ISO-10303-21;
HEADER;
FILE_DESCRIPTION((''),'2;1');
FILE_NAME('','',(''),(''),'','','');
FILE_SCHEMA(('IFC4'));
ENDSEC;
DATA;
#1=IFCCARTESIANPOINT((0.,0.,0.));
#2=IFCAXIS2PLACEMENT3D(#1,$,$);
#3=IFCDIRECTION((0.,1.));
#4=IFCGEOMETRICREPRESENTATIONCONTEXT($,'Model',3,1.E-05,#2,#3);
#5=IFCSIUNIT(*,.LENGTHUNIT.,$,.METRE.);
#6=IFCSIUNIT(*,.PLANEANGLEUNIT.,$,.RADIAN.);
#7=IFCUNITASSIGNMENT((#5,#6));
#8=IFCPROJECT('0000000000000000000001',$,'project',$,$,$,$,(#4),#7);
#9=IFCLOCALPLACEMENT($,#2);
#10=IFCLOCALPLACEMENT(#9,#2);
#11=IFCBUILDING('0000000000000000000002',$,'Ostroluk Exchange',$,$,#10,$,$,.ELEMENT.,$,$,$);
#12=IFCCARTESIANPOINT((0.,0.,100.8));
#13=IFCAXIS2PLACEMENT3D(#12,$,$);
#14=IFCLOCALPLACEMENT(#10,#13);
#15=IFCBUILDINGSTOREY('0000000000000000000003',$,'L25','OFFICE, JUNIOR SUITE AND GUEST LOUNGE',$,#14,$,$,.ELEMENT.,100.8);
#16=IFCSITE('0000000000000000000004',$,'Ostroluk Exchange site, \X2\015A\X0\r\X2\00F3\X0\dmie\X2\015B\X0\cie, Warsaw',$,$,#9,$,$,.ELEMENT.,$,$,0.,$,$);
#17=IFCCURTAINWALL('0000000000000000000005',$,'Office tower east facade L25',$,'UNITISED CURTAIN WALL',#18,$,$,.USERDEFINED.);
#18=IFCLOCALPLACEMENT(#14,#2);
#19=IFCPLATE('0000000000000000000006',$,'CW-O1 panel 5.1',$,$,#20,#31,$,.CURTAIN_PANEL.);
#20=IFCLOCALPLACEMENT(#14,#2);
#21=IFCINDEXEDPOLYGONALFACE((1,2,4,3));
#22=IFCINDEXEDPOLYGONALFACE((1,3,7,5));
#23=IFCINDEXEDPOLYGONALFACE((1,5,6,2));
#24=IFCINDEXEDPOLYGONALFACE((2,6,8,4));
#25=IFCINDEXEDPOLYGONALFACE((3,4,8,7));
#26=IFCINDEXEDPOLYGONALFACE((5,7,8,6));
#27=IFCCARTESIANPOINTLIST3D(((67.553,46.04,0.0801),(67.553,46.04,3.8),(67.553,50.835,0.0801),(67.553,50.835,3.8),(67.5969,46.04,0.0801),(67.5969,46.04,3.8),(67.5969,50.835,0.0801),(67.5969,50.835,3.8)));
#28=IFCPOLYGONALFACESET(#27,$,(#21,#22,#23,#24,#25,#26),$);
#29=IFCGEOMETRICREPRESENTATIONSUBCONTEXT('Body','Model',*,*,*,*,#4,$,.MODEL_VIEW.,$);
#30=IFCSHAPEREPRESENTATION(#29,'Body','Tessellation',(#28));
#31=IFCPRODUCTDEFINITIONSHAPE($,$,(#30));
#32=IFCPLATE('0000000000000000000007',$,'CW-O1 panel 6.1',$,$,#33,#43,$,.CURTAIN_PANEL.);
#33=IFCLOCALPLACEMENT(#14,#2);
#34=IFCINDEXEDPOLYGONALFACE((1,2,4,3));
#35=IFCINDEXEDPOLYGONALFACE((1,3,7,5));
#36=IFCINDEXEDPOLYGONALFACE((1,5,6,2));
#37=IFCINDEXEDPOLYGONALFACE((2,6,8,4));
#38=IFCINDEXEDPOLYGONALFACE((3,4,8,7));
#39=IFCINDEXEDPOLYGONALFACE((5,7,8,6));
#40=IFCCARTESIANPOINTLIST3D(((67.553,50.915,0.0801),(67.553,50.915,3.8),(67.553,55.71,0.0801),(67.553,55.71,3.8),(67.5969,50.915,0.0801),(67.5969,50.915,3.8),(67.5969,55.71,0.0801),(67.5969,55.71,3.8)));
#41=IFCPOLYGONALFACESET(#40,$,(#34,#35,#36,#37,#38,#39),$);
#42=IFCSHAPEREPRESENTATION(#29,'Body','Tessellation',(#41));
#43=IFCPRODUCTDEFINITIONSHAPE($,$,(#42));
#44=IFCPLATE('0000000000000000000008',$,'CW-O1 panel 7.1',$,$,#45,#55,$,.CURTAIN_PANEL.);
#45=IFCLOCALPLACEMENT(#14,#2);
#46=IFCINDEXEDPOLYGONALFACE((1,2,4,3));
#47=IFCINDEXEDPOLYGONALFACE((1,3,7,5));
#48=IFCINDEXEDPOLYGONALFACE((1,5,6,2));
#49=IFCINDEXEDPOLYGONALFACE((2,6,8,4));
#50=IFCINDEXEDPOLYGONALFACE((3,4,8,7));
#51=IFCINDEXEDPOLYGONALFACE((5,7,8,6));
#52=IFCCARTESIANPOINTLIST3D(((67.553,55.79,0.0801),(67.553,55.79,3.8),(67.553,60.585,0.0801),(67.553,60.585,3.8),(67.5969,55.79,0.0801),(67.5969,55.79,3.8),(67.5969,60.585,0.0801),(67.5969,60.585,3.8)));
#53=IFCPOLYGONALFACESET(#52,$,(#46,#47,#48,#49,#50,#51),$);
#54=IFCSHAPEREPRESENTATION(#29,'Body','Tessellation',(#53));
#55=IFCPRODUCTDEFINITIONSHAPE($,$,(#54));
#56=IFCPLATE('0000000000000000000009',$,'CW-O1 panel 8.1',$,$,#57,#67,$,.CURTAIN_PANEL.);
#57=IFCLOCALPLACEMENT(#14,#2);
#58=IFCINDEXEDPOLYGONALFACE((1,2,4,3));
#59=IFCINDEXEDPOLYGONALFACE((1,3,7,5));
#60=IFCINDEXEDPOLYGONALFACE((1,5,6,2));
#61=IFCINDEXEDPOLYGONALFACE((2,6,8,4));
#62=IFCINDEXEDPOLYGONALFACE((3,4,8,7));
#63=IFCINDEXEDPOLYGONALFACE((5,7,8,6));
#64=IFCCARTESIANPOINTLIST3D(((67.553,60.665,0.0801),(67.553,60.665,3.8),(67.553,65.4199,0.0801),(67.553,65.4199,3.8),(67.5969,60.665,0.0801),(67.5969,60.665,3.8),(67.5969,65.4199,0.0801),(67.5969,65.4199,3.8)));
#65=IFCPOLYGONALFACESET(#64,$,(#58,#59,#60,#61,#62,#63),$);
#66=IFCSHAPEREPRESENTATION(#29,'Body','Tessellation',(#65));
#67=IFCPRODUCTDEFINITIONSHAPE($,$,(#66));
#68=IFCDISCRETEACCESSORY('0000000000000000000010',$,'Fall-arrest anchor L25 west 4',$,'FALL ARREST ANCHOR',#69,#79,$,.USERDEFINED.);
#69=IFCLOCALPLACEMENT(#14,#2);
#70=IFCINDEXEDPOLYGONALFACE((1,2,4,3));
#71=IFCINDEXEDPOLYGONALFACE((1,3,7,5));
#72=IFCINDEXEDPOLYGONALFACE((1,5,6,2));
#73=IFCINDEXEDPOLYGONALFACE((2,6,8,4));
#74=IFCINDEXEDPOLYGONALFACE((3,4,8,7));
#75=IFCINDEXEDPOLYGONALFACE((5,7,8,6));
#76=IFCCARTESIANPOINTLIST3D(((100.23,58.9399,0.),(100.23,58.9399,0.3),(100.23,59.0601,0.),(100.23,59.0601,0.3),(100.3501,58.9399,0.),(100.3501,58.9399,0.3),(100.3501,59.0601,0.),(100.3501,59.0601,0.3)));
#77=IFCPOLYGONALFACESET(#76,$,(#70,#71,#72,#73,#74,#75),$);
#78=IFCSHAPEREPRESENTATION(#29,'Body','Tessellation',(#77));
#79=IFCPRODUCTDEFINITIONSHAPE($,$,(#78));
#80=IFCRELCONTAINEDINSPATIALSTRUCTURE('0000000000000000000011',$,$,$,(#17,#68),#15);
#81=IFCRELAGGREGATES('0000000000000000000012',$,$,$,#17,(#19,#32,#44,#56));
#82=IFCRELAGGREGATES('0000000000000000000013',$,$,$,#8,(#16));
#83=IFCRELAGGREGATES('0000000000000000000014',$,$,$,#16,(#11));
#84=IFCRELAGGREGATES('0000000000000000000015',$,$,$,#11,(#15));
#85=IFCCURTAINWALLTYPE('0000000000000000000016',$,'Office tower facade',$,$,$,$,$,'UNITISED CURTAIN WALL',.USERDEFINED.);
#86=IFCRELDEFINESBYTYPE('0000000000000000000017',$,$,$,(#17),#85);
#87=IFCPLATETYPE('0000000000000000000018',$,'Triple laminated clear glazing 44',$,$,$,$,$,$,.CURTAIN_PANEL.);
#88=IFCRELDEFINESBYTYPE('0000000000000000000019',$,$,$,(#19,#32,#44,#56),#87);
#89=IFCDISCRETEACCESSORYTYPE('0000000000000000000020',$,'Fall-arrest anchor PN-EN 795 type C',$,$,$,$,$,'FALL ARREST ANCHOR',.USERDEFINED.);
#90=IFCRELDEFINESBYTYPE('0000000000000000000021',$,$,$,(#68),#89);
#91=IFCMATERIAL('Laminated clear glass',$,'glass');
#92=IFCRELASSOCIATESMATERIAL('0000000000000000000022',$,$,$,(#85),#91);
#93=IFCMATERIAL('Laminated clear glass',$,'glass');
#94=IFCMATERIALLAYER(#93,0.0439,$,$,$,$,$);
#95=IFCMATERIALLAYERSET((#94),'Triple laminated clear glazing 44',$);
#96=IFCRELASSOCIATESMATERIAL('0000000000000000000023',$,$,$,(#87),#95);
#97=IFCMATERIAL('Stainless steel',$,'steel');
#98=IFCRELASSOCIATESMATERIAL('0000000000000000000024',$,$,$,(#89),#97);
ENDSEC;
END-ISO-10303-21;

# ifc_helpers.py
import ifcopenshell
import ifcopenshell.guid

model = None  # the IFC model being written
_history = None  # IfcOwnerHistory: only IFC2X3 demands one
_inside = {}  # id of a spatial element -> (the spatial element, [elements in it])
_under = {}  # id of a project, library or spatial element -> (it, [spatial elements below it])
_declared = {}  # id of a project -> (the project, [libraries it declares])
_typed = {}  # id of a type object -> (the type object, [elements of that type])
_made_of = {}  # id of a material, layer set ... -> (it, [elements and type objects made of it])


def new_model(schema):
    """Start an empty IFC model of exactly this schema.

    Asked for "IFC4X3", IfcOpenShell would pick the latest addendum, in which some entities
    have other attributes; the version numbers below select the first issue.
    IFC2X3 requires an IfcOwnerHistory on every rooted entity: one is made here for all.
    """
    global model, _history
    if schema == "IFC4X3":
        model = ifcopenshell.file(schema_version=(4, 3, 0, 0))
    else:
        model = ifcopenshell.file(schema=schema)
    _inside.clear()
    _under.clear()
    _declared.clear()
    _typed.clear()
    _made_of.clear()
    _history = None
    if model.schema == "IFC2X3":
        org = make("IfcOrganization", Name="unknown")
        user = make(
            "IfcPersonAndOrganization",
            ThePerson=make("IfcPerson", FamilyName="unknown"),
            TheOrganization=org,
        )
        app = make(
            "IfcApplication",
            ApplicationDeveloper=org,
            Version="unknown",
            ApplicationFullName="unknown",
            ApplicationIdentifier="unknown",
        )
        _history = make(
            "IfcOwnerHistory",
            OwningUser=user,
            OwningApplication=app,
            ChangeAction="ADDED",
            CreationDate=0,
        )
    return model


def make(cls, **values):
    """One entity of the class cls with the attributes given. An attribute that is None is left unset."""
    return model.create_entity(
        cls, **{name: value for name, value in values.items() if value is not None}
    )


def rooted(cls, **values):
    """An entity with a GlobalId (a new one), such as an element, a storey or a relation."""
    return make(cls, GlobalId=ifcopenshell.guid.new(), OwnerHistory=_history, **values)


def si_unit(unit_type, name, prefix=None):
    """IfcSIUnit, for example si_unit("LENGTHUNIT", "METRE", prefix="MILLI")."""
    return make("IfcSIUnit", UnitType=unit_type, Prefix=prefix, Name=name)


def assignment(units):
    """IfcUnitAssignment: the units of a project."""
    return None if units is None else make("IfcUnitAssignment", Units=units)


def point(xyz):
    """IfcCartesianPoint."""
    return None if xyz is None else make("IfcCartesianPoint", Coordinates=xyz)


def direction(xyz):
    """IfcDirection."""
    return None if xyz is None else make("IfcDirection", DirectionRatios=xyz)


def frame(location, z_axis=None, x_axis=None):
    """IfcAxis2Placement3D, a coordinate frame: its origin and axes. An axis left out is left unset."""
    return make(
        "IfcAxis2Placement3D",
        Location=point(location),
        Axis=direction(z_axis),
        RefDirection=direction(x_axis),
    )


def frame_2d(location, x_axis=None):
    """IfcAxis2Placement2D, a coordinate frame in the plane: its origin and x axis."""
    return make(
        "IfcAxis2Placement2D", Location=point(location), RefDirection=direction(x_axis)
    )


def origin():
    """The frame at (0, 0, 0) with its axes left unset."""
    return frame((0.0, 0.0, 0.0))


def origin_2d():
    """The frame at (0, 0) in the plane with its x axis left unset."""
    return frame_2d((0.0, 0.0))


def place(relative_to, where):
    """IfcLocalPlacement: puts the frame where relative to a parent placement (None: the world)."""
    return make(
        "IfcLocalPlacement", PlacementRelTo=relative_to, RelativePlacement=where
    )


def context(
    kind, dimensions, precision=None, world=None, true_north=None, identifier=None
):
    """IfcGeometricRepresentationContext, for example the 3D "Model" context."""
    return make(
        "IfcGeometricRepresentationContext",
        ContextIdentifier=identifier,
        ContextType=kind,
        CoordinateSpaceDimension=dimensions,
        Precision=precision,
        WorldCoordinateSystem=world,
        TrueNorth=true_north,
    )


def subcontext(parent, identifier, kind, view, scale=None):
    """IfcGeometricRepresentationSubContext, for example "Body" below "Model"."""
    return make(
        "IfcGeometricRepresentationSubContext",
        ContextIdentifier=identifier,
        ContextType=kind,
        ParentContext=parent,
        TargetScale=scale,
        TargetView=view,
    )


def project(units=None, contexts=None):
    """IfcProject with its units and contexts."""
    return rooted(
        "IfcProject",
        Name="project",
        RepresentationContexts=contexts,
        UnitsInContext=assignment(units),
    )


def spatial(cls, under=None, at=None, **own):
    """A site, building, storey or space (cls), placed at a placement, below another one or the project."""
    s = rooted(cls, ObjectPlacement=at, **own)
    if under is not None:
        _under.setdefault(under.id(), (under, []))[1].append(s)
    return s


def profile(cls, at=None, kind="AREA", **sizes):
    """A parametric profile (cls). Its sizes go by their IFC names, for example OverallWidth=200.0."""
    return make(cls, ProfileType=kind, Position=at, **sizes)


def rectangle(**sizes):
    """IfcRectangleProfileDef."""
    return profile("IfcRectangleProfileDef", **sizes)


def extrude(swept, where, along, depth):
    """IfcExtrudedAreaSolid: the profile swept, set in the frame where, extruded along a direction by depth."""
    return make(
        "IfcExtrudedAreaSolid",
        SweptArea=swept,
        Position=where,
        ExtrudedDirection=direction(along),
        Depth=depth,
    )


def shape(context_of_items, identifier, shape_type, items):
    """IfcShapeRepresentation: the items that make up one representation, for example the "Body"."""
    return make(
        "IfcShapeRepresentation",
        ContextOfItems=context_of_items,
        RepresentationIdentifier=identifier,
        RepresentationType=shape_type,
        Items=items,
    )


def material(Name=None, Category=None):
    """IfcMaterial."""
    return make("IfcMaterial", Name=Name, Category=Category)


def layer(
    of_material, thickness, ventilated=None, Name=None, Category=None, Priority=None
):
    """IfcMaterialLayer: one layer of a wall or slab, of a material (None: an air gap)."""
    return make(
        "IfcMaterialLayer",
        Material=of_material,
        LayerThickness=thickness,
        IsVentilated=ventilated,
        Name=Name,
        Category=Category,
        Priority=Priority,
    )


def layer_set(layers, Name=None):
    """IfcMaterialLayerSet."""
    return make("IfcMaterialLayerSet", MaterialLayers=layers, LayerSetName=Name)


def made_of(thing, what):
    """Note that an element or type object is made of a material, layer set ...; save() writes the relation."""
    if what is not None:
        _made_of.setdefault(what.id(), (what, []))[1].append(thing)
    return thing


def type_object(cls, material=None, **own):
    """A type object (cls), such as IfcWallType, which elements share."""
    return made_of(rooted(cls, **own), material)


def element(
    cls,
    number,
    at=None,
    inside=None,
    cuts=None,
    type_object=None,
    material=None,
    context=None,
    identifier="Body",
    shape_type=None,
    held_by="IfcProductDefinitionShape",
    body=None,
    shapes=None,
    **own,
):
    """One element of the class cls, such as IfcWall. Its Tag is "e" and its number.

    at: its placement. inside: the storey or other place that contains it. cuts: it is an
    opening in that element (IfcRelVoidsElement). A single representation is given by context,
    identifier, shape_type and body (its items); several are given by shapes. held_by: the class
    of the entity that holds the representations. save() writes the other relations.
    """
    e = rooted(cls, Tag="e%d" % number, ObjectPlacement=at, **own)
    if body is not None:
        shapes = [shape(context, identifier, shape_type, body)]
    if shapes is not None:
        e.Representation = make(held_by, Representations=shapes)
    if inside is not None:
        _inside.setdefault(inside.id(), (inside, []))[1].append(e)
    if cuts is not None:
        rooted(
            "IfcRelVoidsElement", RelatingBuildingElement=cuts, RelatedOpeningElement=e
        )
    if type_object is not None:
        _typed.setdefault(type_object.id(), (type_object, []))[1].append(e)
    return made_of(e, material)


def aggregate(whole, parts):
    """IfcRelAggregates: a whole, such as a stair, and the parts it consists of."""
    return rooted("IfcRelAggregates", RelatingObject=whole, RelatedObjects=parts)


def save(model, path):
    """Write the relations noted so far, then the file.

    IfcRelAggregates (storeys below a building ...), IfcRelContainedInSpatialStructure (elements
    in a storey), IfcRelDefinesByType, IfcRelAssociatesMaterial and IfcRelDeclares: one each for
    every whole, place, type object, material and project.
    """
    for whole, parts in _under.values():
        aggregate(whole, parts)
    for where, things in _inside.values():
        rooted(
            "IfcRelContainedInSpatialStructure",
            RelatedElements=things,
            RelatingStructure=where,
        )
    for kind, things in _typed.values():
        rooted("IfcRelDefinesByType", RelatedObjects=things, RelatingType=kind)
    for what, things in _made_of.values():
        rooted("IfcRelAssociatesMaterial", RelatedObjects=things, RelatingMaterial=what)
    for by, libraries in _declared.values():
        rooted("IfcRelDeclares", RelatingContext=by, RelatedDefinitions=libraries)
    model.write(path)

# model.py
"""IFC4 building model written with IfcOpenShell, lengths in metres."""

from ifc_helpers import new_model, si_unit, direction, frame, origin, origin_2d, place, context, subcontext, project, spatial, rectangle, extrude, material, layer, layer_set, type_object, element, aggregate, save


model = new_model("IFC4")

# Units and contexts
model_context = context("Model", 3, precision=1e-05, world=origin(), true_north=direction((0.0, 1.0)))
body_context = subcontext(model_context, "Body", "Model", "MODEL_VIEW")
ifc_project = project(units=[si_unit("LENGTHUNIT", "METRE"), si_unit("PLANEANGLEUNIT", "RADIAN")], contexts=[model_context])

# Site, building, storey
site_placement = place(None, origin())
site = spatial("IfcSite", under=ifc_project, at=site_placement, Name="Ostroluk Exchange site, Śródmieście, Warsaw", CompositionType="ELEMENT", RefElevation=0.0)
building_placement = place(site_placement, origin())
building = spatial("IfcBuilding", under=site, at=building_placement, Name="Ostroluk Exchange", CompositionType="ELEMENT")
storey_placement = place(building_placement, frame((0.0, 0.0, 100.8)))
storey = spatial("IfcBuildingStorey", under=building, at=storey_placement, Name="L25", Description="OFFICE, JUNIOR SUITE AND GUEST LOUNGE", CompositionType="ELEMENT", Elevation=100.8)

# Curtain wall
ifc_material_1 = material(Name="Laminated clear glass", Category="glass")
curtain_wall_type_1 = type_object("IfcCurtainWallType", Name="Office tower facade", ElementType="UNITISED CURTAIN WALL", PredefinedType="USERDEFINED", material=ifc_material_1)
curtain_wall_1_placement = place(storey_placement, origin())
curtain_wall_1 = element("IfcCurtainWall", 1, at=curtain_wall_1_placement, inside=storey, type_object=curtain_wall_type_1, Name="Office tower east facade L25", ObjectType="UNITISED CURTAIN WALL", PredefinedType="USERDEFINED")

# Plates
ifc_material_2 = material(Name="Laminated clear glass", Category="glass")
ifc_layer_1 = layer(ifc_material_2, 0.0439)
ifc_layer_set_1 = layer_set([ifc_layer_1], Name="Triple laminated clear glazing 44")
plate_type_1 = type_object("IfcPlateType", Name="Triple laminated clear glazing 44", PredefinedType="CURTAIN_PANEL", material=ifc_layer_set_1)
plate_1_placement = place(storey_placement, frame((67.575, 48.4375, 0.0801), z_axis=(0.0, 0.0, 1.0), x_axis=(0.0, 1.0, 0.0)))
plate_1 = element("IfcPlate", 2, at=plate_1_placement, type_object=plate_type_1, Name="CW-O1 panel 5.1", PredefinedType="CURTAIN_PANEL", context=body_context, shape_type="SweptSolid", body=[
    extrude(rectangle(XDim=4.7949, YDim=0.0439, at=origin_2d()), origin(), (0.0, 0.0, 1.0), 3.72),
])
plate_2_placement = place(storey_placement, frame((67.575, 53.3125, 0.0801), z_axis=(0.0, 0.0, 1.0), x_axis=(0.0, 1.0, 0.0)))
plate_2 = element("IfcPlate", 3, at=plate_2_placement, type_object=plate_type_1, Name="CW-O1 panel 6.1", PredefinedType="CURTAIN_PANEL", context=body_context, shape_type="SweptSolid", body=[
    extrude(rectangle(XDim=4.7949, YDim=0.0439, at=origin_2d()), origin(), (0.0, 0.0, 1.0), 3.72),
])
plate_3_placement = place(storey_placement, frame((67.575, 58.1875, 0.0801), z_axis=(0.0, 0.0, 1.0), x_axis=(0.0, 1.0, 0.0)))
plate_3 = element("IfcPlate", 4, at=plate_3_placement, type_object=plate_type_1, Name="CW-O1 panel 7.1", PredefinedType="CURTAIN_PANEL", context=body_context, shape_type="SweptSolid", body=[
    extrude(rectangle(XDim=4.7949, YDim=0.0439, at=origin_2d()), origin(), (0.0, 0.0, 1.0), 3.72),
])
plate_4_placement = place(storey_placement, frame((67.575, 63.0425, 0.0801), z_axis=(0.0, 0.0, 1.0), x_axis=(0.0, 1.0, 0.0)))
plate_4 = element("IfcPlate", 5, at=plate_4_placement, type_object=plate_type_1, Name="CW-O1 panel 8.1", PredefinedType="CURTAIN_PANEL", context=body_context, shape_type="SweptSolid", body=[
    extrude(rectangle(XDim=4.7549, YDim=0.0439, at=origin_2d()), origin(), (0.0, 0.0, 1.0), 3.72),
])
aggregate(curtain_wall_1, [plate_1, plate_2, plate_3, plate_4])

# Discrete accessory
ifc_material_3 = material(Name="Stainless steel", Category="steel")
discrete_accessory_type = type_object("IfcDiscreteAccessoryType", Name="Fall-arrest anchor PN-EN 795 type C", ElementType="FALL ARREST ANCHOR", PredefinedType="USERDEFINED", material=ifc_material_3)
discrete_accessory_placement = place(storey_placement, frame((100.29, 59.0, 0.0), z_axis=(0.0, 0.0, 1.0), x_axis=(1.0, 0.0, 0.0)))
element("IfcDiscreteAccessory", 6, at=discrete_accessory_placement, inside=storey, type_object=discrete_accessory_type, Name="Fall-arrest anchor L25 west 4", ObjectType="FALL ARREST ANCHOR", PredefinedType="USERDEFINED", context=body_context, shape_type="SweptSolid", body=[
    extrude(rectangle(XDim=0.1201, YDim=0.1201, at=origin_2d()), origin(), (0.0, 0.0, 1.0), 0.3),
])

save(model, "model.ifc")
